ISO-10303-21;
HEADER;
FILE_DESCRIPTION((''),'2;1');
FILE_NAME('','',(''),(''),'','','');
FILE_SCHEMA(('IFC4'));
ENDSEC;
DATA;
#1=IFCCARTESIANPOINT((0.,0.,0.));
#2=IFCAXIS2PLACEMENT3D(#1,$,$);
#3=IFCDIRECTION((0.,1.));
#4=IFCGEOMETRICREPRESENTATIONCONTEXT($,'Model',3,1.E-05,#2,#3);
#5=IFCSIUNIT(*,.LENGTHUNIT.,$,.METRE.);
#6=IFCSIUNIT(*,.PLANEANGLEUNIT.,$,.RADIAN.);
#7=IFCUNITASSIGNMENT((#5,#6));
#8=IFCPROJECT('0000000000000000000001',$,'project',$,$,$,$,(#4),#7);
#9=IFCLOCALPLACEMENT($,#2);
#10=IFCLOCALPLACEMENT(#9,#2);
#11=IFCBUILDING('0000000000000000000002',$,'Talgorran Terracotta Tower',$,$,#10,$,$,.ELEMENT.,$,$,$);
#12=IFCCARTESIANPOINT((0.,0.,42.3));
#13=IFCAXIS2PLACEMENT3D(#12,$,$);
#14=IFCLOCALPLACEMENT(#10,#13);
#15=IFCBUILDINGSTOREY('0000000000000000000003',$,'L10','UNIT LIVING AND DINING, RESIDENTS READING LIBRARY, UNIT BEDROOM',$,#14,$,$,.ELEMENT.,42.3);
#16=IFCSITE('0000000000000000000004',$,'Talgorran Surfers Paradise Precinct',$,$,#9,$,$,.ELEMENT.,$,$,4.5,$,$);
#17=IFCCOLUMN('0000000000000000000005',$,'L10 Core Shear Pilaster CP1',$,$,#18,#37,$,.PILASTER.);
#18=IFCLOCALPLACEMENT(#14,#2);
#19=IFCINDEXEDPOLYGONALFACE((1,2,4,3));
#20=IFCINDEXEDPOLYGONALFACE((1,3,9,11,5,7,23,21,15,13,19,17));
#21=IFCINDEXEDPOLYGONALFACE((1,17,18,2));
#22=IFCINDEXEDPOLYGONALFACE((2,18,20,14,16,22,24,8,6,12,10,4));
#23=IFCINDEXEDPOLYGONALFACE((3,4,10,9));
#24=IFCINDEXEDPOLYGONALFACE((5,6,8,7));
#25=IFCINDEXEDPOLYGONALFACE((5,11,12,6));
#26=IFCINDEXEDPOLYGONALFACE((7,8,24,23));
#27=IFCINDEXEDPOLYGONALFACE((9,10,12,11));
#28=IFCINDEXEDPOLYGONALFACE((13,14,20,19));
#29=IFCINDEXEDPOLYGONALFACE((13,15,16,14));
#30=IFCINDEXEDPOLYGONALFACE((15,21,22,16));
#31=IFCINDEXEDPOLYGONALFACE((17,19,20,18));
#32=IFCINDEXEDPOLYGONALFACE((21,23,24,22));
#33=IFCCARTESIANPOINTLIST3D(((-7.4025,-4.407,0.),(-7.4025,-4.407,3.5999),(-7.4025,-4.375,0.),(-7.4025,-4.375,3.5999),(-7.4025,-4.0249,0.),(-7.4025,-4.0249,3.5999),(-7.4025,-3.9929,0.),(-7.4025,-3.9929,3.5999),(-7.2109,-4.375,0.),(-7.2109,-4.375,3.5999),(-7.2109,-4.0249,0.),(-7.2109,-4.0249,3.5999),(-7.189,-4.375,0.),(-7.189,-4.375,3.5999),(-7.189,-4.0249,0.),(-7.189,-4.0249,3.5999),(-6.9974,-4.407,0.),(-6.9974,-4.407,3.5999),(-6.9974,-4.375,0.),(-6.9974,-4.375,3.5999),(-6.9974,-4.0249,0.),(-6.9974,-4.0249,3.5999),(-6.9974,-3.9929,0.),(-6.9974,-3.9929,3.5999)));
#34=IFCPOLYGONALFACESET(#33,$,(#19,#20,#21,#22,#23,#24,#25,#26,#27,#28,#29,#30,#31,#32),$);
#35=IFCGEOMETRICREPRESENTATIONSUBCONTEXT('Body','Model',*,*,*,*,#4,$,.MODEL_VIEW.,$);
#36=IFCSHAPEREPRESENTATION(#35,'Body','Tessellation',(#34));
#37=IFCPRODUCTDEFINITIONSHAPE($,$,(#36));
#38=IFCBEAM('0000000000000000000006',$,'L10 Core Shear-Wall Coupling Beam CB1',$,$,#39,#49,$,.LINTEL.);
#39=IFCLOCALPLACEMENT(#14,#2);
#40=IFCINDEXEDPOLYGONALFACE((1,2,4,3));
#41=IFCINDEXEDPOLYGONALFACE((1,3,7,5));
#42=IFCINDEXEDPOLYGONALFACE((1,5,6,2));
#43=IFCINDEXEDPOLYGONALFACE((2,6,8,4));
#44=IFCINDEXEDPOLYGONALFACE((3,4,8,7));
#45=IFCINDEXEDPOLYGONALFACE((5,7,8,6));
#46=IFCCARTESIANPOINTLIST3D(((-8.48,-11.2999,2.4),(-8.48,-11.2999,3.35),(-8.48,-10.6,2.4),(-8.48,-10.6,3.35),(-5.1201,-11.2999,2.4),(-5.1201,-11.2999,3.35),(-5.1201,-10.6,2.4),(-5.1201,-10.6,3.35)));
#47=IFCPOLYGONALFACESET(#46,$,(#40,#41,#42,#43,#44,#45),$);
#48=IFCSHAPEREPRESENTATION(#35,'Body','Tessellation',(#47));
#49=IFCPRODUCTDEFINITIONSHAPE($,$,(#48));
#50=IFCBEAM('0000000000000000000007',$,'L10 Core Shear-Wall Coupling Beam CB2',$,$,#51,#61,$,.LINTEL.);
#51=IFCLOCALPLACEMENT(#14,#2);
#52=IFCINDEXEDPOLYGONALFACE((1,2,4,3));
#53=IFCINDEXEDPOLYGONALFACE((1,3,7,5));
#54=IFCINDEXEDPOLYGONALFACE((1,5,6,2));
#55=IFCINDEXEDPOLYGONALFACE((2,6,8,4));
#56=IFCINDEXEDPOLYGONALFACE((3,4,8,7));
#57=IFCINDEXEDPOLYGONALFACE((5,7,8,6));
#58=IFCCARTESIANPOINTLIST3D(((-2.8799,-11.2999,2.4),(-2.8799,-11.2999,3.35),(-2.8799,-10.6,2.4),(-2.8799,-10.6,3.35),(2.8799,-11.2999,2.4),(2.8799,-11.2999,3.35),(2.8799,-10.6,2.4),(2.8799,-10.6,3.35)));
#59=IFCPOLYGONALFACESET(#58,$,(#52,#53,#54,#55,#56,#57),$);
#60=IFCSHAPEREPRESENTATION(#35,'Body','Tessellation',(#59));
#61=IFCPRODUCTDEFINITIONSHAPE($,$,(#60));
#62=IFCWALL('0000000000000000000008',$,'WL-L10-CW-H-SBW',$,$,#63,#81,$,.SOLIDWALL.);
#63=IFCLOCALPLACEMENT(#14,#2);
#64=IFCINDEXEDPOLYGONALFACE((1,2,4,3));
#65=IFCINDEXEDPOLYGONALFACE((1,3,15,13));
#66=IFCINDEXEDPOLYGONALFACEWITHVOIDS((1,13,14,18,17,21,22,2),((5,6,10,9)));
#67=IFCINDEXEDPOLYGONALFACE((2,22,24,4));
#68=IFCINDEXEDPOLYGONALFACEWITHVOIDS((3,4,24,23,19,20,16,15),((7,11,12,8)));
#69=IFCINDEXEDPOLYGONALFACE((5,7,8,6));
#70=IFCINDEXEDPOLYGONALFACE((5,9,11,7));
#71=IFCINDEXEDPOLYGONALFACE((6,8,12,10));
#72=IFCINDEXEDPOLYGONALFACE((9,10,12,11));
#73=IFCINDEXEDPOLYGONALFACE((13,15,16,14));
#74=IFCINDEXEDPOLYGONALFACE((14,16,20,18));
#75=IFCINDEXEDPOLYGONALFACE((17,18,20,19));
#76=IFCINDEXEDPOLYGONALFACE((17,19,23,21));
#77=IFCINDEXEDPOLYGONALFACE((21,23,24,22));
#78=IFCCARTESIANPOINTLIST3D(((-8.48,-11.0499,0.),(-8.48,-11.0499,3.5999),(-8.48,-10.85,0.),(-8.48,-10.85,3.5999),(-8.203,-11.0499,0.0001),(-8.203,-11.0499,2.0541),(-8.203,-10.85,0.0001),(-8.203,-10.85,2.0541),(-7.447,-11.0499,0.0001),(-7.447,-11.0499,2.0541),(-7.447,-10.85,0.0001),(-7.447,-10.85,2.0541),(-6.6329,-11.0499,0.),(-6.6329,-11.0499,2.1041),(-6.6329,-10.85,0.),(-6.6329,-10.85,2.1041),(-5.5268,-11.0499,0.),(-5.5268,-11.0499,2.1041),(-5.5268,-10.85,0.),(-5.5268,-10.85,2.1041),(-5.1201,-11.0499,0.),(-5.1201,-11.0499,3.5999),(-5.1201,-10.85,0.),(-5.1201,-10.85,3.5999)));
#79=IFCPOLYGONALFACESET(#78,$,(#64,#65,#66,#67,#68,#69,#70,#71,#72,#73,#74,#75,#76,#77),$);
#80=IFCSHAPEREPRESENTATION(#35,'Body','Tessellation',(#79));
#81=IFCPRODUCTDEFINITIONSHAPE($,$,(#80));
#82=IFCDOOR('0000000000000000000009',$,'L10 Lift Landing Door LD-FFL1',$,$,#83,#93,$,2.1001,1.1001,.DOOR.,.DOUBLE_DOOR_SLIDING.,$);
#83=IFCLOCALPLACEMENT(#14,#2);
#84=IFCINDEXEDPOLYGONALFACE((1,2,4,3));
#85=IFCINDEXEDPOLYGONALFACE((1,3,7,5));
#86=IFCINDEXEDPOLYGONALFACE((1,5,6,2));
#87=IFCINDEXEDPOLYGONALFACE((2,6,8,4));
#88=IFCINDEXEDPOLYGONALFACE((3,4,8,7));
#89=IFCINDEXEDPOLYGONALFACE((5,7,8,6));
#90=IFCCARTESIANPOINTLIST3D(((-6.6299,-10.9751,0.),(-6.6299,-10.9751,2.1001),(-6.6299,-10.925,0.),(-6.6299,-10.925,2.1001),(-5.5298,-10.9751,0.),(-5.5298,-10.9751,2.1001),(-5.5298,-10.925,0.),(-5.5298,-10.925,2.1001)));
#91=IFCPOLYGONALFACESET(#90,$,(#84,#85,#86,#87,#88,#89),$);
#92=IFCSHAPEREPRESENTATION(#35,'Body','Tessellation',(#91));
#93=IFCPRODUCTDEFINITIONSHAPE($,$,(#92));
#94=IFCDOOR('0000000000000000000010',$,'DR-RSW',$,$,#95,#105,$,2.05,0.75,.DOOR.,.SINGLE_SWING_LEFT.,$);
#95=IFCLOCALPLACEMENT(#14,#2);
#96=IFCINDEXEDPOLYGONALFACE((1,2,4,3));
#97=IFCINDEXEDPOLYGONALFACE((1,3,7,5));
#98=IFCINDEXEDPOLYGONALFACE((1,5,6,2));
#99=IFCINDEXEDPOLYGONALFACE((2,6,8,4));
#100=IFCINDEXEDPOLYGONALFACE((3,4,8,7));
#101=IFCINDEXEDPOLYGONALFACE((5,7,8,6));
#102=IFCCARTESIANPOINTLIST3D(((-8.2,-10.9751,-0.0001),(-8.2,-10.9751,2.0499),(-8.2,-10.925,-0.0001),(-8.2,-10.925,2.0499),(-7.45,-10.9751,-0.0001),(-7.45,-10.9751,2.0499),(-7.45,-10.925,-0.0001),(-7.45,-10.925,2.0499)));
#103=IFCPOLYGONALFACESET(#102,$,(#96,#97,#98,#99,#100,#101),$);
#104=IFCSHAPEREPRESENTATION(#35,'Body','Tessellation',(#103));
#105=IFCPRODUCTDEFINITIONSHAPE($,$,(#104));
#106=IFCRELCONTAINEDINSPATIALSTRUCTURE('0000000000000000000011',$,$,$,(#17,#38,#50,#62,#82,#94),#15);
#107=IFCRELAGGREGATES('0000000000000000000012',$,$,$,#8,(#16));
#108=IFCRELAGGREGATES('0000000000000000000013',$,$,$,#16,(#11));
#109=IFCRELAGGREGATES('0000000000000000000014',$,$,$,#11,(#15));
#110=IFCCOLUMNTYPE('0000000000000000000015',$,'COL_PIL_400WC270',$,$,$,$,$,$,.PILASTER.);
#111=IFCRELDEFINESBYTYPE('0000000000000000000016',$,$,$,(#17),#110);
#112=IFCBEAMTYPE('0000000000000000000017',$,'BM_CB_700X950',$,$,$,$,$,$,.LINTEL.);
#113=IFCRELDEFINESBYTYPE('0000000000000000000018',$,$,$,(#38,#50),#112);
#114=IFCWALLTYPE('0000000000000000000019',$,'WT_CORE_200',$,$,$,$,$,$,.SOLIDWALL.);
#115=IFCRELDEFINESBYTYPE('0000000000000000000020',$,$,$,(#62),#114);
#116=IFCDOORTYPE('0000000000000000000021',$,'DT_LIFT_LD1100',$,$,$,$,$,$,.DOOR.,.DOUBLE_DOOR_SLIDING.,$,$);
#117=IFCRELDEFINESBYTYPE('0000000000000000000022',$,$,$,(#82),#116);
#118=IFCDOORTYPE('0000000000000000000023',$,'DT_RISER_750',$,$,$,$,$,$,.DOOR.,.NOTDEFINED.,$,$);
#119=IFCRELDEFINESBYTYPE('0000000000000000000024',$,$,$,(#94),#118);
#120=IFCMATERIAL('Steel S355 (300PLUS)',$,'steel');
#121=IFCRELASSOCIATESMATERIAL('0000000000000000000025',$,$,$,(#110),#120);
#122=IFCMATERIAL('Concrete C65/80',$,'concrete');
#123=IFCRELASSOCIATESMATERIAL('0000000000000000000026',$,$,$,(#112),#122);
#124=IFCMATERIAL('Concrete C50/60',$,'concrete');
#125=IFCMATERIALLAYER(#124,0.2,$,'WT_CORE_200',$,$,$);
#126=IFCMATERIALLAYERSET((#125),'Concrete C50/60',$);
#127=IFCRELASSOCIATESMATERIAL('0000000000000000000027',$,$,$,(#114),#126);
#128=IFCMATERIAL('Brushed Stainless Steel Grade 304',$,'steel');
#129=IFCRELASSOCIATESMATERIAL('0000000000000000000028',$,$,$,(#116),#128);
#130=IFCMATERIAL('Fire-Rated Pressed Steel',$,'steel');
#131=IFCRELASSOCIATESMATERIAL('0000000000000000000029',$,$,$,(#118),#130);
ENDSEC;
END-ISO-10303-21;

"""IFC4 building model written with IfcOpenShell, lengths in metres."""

from ifc_helpers import new_model, si_unit, direction, frame, frame_2d, origin, origin_2d, place, context, subcontext, project, spatial, rectangle, i_section, extrude, material, layer, layer_set, material_profile, profile_set, type_object, element, fill, save


model = new_model("IFC4")

# Units and contexts
model_context = context("Model", 3, precision=1e-05, world=origin(), true_north=direction((0.0, 1.0)))
body_context = subcontext(model_context, "Body", "Model", "MODEL_VIEW")
ifc_project = project(units=[si_unit("LENGTHUNIT", "METRE"), si_unit("PLANEANGLEUNIT", "RADIAN")], contexts=[model_context])

# Site, building, storey
site_placement = place(None, origin())
site = spatial("IfcSite", under=ifc_project, at=site_placement, Name="Talgorran Surfers Paradise Precinct", CompositionType="ELEMENT", RefElevation=4.5)
building_placement = place(site_placement, origin())
building = spatial("IfcBuilding", under=site, at=building_placement, Name="Talgorran Terracotta Tower", CompositionType="ELEMENT")
storey_placement = place(building_placement, frame((0.0, 0.0, 42.3)))
storey = spatial("IfcBuildingStorey", under=building, at=storey_placement, Name="L10", Description="UNIT LIVING AND DINING, RESIDENTS READING LIBRARY, UNIT BEDROOM", CompositionType="ELEMENT", Elevation=42.3)

# Column
ifc_material_1 = material(Name="Steel S355 (300PLUS)", Category="steel")
ifc_material_profile_1 = material_profile(ifc_material_1, i_section(OverallWidth=0.405, OverallDepth=0.4141, WebThickness=0.022, FlangeThickness=0.032, at=origin_2d()), Name="400WC270")
ifc_profile_set_1 = profile_set([ifc_material_profile_1], Name="Steel S355 (300PLUS)")
column_type = type_object("IfcColumnType", Name="COL_PIL_400WC270", PredefinedType="PILASTER", material=ifc_profile_set_1)
column_placement = place(storey_placement, frame((-7.2, -4.2, 0.0), z_axis=(0.0, 0.0, 1.0), x_axis=(1.0, 0.0, 0.0)))
element("IfcColumn", 1, at=column_placement, inside=storey, type_object=column_type, Name="L10 Core Shear Pilaster CP1", PredefinedType="PILASTER", context=body_context, shape_type="SweptSolid", body=[
    extrude(i_section(OverallWidth=0.405, OverallDepth=0.4141, WebThickness=0.022, FlangeThickness=0.032, at=origin_2d()), origin(), (0.0, 0.0, 1.0), 3.5999),
])

# Beams
ifc_material_2 = material(Name="Concrete C65/80", Category="concrete")
ifc_material_profile_2 = material_profile(ifc_material_2, rectangle(XDim=0.7, YDim=0.95, at=origin_2d()), Name="RCCB700X950")
ifc_profile_set_2 = profile_set([ifc_material_profile_2], Name="Concrete C65/80")
beam_type = type_object("IfcBeamType", Name="BM_CB_700X950", PredefinedType="LINTEL", material=ifc_profile_set_2)
beam_1_placement = place(storey_placement, frame((-8.48, -10.95, 2.875), z_axis=(1.0, 0.0, 0.0), x_axis=(0.0, 1.0, 0.0)))
element("IfcBeam", 2, at=beam_1_placement, inside=storey, type_object=beam_type, Name="L10 Core Shear-Wall Coupling Beam CB1", PredefinedType="LINTEL", context=body_context, shape_type="SweptSolid", body=[
    extrude(rectangle(XDim=0.7, YDim=0.95, at=origin_2d()), origin(), (0.0, 0.0, 1.0), 3.3599),
])
beam_2_placement = place(storey_placement, frame((-2.8799, -10.95, 2.875), z_axis=(1.0, 0.0, 0.0), x_axis=(0.0, 1.0, 0.0)))
element("IfcBeam", 3, at=beam_2_placement, inside=storey, type_object=beam_type, Name="L10 Core Shear-Wall Coupling Beam CB2", PredefinedType="LINTEL", context=body_context, shape_type="SweptSolid", body=[
    extrude(rectangle(XDim=0.7, YDim=0.95, at=origin_2d()), origin(), (0.0, 0.0, 1.0), 5.7598),
])

# Wall, openings, doors
ifc_material_3 = material(Name="Concrete C50/60", Category="concrete")
ifc_layer_1 = layer(ifc_material_3, 0.2, Name="WT_CORE_200")
ifc_layer_set_1 = layer_set([ifc_layer_1], Name="Concrete C50/60")
wall_type_1 = type_object("IfcWallType", Name="WT_CORE_200", PredefinedType="SOLIDWALL", material=ifc_layer_set_1)
wall_1_placement = place(storey_placement, frame((-8.48, -10.95, 0.0), z_axis=(0.0, 0.0, 1.0), x_axis=(1.0, 0.0, 0.0)))
wall_1 = element("IfcWall", 4, at=wall_1_placement, inside=storey, type_object=wall_type_1, Name="WL-L10-CW-H-SBW", PredefinedType="SOLIDWALL", context=body_context, shape_type="SweptSolid", body=[
    extrude(rectangle(XDim=3.3599, YDim=0.2, at=frame_2d((1.6799, 0.0))), origin(), (0.0, 0.0, 1.0), 3.5999),
])
opening_1_placement = place(wall_1_placement, frame((0.28, 0.0, 0.0)))
opening_1 = element("IfcOpeningElement", 5, at=opening_1_placement, cuts=wall_1, PredefinedType="OPENING", context=body_context, shape_type="SweptSolid", body=[
    extrude(rectangle(XDim=0.756, YDim=2.054, at=frame_2d((0.375, 1.0271))), frame((0.0, 0.1099, 0.0), z_axis=(0.0, -1.0, 0.0), x_axis=(1.0, 0.0, 0.0)), (0.0, 0.0, 1.0), 0.22),
])
opening_2_placement = place(wall_1_placement, frame((1.8501, 0.0, 0.0)))
opening_2 = element("IfcOpeningElement", 6, at=opening_2_placement, cuts=wall_1, PredefinedType="OPENING", context=body_context, shape_type="SweptSolid", body=[
    extrude(rectangle(XDim=1.1061, YDim=2.1041, at=frame_2d((0.55, 1.052))), frame((0.0, 0.1099, 0.0), z_axis=(0.0, -1.0, 0.0), x_axis=(1.0, 0.0, 0.0)), (0.0, 0.0, 1.0), 0.22),
])
ifc_material_4 = material(Name="Brushed Stainless Steel Grade 304", Category="steel")
door_type_1 = type_object("IfcDoorType", Name="DT_LIFT_LD1100", OperationType="DOUBLE_DOOR_SLIDING", PredefinedType="DOOR", material=ifc_material_4)
door_1_placement = place(opening_2_placement, origin())
door_1 = element("IfcDoor", 7, at=door_1_placement, inside=storey, type_object=door_type_1, Name="L10 Lift Landing Door LD-FFL1", OperationType="DOUBLE_DOOR_SLIDING", OverallHeight=2.1001, OverallWidth=1.1001, PredefinedType="DOOR", context=body_context, shape_type="SweptSolid", body=[
    extrude(rectangle(XDim=1.1001, YDim=2.1001, at=frame_2d((0.55, 1.05))), frame((0.0, 0.0249, 0.0), z_axis=(0.0, -1.0, 0.0), x_axis=(1.0, 0.0, 0.0)), (0.0, 0.0, 1.0), 0.05),
])
fill(opening_2, door_1)
ifc_material_5 = material(Name="Fire-Rated Pressed Steel", Category="steel")
door_type_2 = type_object("IfcDoorType", Name="DT_RISER_750", OperationType="NOTDEFINED", PredefinedType="DOOR", material=ifc_material_5)
door_2_placement = place(opening_1_placement, origin())
door_2 = element("IfcDoor", 8, at=door_2_placement, inside=storey, type_object=door_type_2, Name="DR-RSW", OperationType="SINGLE_SWING_LEFT", OverallHeight=2.05, OverallWidth=0.75, PredefinedType="DOOR", context=body_context, shape_type="SweptSolid", body=[
    extrude(rectangle(XDim=0.75, YDim=2.05, at=frame_2d((0.375, 1.0249))), frame((0.0, 0.0249, 0.0), z_axis=(0.0, -1.0, 0.0), x_axis=(1.0, 0.0, 0.0)), (0.0, 0.0, 1.0), 0.05),
])
fill(opening_1, door_2)

save(model, "model.ifc")
